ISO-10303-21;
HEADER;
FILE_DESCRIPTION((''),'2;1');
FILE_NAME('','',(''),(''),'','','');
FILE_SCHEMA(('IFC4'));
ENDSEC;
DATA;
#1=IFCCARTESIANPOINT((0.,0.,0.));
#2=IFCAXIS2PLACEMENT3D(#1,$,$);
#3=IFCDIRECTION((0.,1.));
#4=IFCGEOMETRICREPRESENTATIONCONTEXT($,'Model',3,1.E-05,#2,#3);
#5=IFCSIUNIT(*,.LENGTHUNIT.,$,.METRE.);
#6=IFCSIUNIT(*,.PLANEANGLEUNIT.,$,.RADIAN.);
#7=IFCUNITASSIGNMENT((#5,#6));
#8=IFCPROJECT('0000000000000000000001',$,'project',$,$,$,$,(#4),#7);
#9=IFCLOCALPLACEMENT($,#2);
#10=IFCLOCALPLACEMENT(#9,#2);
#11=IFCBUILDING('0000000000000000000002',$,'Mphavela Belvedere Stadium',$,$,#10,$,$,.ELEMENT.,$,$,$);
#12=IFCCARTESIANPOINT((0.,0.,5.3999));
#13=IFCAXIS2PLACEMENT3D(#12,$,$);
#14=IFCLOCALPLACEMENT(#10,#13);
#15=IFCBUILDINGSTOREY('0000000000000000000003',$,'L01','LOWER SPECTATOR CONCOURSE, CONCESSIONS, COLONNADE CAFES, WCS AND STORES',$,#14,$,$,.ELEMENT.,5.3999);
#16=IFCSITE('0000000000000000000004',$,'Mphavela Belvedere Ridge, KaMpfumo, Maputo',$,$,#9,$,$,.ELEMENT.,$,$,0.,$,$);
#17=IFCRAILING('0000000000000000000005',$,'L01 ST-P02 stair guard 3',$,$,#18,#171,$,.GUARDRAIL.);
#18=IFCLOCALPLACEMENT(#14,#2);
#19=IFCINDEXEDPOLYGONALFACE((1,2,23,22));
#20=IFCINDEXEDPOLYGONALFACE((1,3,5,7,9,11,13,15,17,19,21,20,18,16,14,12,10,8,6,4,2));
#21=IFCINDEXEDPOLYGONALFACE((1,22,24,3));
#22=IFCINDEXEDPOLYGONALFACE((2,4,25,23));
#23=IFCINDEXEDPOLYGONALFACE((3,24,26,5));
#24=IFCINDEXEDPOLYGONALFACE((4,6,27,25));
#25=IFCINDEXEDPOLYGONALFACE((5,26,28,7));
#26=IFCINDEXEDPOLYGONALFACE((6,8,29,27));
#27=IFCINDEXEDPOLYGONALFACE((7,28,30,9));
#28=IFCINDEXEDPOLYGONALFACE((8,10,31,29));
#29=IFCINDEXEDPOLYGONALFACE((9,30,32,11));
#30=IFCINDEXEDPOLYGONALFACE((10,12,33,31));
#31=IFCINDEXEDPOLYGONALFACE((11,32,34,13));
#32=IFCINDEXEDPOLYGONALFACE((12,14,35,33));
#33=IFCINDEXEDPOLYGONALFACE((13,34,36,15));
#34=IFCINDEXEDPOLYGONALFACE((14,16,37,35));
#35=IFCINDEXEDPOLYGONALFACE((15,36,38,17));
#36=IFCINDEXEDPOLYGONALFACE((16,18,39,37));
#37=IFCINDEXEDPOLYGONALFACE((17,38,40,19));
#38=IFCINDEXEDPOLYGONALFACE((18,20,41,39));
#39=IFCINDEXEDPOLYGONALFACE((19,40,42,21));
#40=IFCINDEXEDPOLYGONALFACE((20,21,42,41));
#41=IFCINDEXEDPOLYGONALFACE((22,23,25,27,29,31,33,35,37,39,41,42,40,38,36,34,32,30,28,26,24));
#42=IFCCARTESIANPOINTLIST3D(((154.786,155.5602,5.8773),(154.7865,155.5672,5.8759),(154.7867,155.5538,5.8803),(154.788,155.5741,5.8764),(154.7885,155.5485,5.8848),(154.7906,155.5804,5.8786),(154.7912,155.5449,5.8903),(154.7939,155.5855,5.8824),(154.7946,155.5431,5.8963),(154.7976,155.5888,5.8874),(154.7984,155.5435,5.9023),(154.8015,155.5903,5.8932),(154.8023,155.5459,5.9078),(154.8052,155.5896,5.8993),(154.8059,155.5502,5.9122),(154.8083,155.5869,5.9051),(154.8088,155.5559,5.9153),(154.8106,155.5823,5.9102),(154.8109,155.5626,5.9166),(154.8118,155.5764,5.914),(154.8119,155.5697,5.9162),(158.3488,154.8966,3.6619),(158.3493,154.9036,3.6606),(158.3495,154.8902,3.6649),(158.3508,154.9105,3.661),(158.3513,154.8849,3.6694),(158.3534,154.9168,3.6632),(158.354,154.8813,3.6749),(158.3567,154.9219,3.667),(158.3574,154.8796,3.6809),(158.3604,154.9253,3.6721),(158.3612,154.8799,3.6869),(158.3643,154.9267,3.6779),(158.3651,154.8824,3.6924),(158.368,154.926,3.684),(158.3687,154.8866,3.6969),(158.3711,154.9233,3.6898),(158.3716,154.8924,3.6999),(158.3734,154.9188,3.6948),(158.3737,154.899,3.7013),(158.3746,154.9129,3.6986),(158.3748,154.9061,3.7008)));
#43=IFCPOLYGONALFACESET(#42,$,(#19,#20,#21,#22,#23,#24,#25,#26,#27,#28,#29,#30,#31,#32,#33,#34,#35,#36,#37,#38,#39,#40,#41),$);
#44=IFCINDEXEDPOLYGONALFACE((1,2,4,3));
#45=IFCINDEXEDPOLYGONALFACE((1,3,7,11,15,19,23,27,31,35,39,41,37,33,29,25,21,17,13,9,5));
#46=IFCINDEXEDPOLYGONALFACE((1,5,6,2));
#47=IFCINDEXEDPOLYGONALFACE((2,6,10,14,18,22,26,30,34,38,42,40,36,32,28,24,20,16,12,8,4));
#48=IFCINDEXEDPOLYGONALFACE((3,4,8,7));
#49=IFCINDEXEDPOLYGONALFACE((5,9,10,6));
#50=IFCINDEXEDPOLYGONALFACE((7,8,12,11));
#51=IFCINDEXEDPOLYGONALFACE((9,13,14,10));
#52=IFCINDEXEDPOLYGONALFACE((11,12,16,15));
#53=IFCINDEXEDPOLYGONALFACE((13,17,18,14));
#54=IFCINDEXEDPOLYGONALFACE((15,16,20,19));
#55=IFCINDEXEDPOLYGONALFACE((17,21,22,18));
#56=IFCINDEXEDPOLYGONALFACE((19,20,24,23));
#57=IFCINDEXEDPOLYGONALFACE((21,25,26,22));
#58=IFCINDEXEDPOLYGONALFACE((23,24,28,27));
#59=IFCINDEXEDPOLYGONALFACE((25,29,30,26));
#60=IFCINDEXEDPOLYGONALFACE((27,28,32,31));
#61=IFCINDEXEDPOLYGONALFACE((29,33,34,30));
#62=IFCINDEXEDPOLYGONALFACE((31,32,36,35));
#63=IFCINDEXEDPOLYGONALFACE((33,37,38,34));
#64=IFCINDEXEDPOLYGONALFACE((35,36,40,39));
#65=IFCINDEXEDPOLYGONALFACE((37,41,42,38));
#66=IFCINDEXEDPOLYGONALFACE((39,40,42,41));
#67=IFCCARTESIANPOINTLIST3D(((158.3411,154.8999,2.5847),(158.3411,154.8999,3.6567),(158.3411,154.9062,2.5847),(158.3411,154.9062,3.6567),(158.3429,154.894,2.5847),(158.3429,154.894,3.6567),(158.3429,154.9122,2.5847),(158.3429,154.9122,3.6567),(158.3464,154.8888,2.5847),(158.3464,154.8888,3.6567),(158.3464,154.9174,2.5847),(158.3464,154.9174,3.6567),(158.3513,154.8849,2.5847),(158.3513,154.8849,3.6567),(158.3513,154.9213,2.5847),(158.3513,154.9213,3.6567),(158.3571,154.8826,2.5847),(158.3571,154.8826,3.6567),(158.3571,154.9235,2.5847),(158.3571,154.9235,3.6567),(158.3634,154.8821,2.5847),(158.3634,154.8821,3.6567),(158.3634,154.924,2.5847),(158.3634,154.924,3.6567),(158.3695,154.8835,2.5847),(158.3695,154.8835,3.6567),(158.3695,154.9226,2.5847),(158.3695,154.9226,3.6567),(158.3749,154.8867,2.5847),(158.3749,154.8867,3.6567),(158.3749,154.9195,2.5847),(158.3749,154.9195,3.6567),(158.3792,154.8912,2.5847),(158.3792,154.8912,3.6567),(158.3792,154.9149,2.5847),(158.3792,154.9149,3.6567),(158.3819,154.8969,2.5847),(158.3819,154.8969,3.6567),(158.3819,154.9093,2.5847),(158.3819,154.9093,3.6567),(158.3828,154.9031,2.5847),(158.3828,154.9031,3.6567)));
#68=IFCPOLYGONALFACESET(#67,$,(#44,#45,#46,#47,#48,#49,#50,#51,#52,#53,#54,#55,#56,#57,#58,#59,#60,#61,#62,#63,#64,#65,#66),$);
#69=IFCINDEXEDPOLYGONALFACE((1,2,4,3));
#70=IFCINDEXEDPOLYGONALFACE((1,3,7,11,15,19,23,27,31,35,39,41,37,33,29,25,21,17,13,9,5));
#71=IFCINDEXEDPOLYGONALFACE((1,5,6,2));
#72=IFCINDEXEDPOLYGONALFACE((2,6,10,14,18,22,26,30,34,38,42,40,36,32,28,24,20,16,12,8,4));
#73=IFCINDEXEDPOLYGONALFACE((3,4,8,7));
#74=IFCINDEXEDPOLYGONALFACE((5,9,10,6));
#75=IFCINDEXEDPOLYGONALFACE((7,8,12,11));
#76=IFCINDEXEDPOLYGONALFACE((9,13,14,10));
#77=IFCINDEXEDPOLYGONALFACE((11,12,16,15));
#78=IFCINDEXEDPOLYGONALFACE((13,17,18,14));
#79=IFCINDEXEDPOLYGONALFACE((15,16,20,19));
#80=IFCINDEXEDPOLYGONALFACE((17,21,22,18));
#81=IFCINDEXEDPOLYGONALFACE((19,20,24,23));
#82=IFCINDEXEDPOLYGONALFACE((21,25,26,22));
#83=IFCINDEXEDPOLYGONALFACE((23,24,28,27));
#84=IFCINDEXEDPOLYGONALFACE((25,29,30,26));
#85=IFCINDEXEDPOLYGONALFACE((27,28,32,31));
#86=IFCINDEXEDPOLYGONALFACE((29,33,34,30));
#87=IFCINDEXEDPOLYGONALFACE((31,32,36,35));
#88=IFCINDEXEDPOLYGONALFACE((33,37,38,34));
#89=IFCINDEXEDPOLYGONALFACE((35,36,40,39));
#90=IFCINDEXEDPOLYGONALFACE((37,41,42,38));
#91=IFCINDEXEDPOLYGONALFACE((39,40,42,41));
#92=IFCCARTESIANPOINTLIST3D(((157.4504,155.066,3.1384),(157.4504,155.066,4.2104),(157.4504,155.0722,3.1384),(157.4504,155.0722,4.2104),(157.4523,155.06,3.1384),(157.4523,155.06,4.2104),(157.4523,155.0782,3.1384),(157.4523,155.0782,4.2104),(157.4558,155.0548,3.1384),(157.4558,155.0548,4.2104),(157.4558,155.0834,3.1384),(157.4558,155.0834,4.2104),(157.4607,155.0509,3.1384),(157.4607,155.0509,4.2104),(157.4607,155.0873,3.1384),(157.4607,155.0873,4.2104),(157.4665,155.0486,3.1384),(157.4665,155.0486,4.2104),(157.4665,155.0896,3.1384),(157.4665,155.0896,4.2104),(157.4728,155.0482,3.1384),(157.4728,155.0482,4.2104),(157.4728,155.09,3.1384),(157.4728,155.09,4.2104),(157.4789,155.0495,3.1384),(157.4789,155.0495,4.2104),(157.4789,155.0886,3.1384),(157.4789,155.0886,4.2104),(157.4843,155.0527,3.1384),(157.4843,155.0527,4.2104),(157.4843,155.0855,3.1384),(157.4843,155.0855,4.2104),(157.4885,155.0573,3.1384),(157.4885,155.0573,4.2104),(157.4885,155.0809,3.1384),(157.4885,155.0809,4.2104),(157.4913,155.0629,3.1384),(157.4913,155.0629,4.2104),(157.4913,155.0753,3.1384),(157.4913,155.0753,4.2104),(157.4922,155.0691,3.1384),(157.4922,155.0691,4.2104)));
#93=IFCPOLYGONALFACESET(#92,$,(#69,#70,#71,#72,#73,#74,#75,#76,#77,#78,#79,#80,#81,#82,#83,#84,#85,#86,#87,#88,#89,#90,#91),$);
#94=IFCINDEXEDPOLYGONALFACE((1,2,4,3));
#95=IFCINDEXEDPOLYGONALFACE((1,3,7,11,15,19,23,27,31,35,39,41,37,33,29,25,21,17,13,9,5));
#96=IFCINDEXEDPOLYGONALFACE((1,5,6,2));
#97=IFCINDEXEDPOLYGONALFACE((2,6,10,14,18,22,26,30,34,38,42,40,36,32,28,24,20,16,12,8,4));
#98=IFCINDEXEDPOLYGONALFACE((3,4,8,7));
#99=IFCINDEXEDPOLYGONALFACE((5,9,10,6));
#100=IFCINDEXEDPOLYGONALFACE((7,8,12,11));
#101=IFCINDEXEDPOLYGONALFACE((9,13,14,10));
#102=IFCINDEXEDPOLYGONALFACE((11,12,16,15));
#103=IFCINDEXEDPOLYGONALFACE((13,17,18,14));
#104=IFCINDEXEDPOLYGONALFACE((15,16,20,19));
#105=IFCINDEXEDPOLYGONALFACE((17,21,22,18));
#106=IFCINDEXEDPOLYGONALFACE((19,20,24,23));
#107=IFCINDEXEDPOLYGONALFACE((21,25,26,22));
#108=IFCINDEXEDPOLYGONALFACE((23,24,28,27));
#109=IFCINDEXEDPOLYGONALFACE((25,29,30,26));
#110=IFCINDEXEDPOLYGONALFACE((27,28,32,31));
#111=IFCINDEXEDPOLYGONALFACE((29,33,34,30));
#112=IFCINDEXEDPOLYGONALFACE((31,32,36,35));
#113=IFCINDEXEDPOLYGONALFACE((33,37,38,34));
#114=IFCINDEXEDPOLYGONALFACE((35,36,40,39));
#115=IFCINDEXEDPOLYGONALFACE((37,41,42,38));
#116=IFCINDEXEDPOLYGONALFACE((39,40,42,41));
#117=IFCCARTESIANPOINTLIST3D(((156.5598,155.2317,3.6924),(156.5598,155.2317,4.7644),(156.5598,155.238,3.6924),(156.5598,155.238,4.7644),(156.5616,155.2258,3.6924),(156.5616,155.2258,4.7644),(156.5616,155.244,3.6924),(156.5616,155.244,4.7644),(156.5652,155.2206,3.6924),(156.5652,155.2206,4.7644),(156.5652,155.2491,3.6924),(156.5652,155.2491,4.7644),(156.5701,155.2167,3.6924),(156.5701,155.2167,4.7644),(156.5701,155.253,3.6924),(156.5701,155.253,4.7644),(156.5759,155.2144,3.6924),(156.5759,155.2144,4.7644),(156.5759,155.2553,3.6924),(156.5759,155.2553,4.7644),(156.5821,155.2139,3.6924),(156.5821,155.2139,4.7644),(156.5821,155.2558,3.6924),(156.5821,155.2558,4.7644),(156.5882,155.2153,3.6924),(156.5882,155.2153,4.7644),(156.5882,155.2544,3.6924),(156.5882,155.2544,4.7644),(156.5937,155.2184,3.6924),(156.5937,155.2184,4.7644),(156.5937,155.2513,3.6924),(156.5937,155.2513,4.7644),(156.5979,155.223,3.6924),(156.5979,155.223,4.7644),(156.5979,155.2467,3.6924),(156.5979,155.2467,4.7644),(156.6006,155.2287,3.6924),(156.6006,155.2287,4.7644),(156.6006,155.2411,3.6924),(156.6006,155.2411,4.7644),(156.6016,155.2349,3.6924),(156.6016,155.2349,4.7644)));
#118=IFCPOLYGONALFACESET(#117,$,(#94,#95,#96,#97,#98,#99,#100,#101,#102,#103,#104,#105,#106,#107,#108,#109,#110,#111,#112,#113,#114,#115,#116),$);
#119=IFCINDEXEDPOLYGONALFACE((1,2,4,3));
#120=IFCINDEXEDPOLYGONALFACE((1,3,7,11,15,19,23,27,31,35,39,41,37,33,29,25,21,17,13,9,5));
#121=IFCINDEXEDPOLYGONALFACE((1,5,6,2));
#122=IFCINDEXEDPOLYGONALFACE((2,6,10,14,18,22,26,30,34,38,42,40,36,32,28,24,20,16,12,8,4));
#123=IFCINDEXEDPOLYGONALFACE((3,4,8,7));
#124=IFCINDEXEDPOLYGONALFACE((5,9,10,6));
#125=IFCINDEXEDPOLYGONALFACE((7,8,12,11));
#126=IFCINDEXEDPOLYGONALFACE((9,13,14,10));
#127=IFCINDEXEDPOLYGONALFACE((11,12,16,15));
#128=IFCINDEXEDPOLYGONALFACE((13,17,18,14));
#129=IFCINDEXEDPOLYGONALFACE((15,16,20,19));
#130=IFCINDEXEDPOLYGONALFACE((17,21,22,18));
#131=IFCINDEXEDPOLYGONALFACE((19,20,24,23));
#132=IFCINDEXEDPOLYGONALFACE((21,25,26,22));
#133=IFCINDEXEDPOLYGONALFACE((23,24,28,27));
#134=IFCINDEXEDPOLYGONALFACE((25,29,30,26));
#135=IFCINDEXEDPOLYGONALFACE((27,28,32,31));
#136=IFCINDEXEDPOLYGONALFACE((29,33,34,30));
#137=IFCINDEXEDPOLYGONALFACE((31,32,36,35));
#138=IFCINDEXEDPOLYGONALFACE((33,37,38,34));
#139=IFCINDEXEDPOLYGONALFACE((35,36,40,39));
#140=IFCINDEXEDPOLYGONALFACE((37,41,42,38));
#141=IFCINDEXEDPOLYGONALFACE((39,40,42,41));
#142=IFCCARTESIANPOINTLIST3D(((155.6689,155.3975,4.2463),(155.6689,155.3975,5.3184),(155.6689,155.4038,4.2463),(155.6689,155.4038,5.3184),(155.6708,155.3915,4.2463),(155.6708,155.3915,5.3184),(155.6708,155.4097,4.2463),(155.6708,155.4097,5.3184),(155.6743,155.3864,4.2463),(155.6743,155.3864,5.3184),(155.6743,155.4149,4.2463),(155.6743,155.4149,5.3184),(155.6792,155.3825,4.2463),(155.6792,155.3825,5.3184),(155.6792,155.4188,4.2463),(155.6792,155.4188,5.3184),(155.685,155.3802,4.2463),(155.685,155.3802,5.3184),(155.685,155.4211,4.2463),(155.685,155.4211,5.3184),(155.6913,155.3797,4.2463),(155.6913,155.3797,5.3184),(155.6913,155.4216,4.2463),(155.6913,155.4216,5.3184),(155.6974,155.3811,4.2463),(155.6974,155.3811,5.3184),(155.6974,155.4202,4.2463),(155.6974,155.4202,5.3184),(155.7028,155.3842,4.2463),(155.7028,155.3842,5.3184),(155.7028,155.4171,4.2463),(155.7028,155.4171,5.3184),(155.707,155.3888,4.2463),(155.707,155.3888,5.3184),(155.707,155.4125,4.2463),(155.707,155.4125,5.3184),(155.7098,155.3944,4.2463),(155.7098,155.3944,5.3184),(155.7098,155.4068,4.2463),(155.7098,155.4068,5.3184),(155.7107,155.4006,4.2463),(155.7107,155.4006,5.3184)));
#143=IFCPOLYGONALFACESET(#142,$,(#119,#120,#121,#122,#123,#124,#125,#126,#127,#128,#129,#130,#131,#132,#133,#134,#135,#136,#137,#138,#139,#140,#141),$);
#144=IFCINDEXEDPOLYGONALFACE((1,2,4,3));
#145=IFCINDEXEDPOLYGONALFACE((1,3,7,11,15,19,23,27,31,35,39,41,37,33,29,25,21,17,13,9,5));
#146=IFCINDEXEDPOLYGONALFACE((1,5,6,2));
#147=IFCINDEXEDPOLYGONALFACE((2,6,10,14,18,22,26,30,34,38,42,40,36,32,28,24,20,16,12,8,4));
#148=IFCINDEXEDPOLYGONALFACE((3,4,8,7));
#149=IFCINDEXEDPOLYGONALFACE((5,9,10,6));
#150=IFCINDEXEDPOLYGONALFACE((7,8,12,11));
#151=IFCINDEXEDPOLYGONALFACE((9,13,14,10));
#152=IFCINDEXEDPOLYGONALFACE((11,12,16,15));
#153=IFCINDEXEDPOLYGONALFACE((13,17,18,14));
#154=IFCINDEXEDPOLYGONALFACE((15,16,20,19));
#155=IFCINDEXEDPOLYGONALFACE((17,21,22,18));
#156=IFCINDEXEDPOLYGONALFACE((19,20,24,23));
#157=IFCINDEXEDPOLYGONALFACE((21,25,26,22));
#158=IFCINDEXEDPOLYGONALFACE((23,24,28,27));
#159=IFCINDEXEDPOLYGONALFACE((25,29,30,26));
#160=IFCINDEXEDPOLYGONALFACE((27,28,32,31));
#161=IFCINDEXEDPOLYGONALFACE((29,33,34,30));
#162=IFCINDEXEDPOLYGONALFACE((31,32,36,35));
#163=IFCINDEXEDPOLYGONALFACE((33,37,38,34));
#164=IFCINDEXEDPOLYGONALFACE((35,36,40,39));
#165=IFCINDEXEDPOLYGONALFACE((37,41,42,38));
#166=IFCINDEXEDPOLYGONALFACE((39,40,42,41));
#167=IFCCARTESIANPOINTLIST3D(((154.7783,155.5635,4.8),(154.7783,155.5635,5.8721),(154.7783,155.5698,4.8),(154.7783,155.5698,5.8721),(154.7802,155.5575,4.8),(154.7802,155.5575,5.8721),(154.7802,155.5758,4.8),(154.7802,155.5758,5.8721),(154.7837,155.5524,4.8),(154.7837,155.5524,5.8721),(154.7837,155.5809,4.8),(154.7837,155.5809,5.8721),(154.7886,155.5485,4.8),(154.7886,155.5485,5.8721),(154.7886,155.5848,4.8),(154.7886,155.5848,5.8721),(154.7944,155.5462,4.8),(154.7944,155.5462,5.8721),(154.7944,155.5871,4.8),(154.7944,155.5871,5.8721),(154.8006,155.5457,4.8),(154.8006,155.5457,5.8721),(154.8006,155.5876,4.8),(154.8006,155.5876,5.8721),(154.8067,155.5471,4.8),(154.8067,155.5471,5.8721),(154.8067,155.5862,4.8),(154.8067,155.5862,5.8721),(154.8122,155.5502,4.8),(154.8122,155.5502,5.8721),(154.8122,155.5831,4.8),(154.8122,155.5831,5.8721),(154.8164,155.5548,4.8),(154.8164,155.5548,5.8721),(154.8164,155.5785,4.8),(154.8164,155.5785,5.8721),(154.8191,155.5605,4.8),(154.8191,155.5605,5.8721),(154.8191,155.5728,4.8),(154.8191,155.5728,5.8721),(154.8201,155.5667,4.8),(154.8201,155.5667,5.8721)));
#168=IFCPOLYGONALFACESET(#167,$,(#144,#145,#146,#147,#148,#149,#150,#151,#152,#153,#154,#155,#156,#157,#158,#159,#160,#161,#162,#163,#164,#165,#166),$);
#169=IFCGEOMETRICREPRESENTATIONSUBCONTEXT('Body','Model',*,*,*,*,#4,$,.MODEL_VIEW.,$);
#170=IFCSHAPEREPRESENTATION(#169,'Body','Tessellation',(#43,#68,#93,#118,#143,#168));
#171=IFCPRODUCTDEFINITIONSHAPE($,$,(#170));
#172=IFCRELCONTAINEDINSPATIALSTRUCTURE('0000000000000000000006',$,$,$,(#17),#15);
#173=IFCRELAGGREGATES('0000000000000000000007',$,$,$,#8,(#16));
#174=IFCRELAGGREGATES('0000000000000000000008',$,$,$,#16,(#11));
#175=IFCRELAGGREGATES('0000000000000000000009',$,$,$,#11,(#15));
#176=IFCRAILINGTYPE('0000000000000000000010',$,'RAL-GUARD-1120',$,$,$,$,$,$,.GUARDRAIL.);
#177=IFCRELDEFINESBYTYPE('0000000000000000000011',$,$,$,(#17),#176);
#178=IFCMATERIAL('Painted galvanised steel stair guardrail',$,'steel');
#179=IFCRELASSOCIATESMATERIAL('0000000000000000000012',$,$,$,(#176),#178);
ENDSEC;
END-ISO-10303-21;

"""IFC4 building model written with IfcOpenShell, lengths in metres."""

from ifc_helpers import new_model, si_unit, direction, frame, origin, origin_2d, place, context, subcontext, project, spatial, circle, extrude, material, type_object, element, save


model = new_model("IFC4")

# Units and contexts
model_context = context("Model", 3, precision=1e-05, world=origin(), true_north=direction((0.0, 1.0)))
body_context = subcontext(model_context, "Body", "Model", "MODEL_VIEW")
ifc_project = project(units=[si_unit("LENGTHUNIT", "METRE"), si_unit("PLANEANGLEUNIT", "RADIAN")], contexts=[model_context])

# Site, building, storey
site_placement = place(None, origin())
site = spatial("IfcSite", under=ifc_project, at=site_placement, Name="Mphavela Belvedere Ridge, KaMpfumo, Maputo", CompositionType="ELEMENT", RefElevation=0.0)
building_placement = place(site_placement, origin())
building = spatial("IfcBuilding", under=site, at=building_placement, Name="Mphavela Belvedere Stadium", CompositionType="ELEMENT")
storey_placement = place(building_placement, frame((0.0, 0.0, 5.3999)))
storey = spatial("IfcBuildingStorey", under=building, at=storey_placement, Name="L01", Description="LOWER SPECTATOR CONCOURSE, CONCESSIONS, COLONNADE CAFES, WCS AND STORES", CompositionType="ELEMENT", Elevation=5.3999)

# Railing
ifc_material_1 = material(Name="Painted galvanised steel stair guardrail", Category="steel")
railing_type_1 = type_object("IfcRailingType", Name="RAL-GUARD-1120", PredefinedType="GUARDRAIL", material=ifc_material_1)
railing_1_placement = place(storey_placement, frame((158.3618, 154.9031, 2.5847)))
element("IfcRailing", 1, at=railing_1_placement, inside=storey, type_object=railing_type_1, Name="L01 ST-P02 stair guard 3", PredefinedType="GUARDRAIL", context=body_context, shape_type="SweptSolid", body=[
    extrude(circle(Radius=0.0239, at=origin_2d()), frame((0.0, 0.0, 1.0962), z_axis=(-0.838788, 0.156227, 0.521563), x_axis=(-0.183105, -0.983093, 0.0)), (0.0, 0.0, 1.0), 4.2476),
    extrude(circle(Radius=0.021, at=origin_2d()), origin(), (0.0, 0.0, 1.0), 1.072),
    extrude(circle(Radius=0.021, at=origin_2d()), frame((-0.8906, 0.166, 0.5537)), (0.0, 0.0, 1.0), 1.072),
    extrude(circle(Radius=0.021, at=origin_2d()), frame((-1.7812, 0.3318, 1.1077)), (0.0, 0.0, 1.0), 1.072),
    extrude(circle(Radius=0.021, at=origin_2d()), frame((-2.6721, 0.4976, 1.6616)), (0.0, 0.0, 1.0), 1.072),
    extrude(circle(Radius=0.021, at=origin_2d()), frame((-3.5627, 0.6636, 2.2153)), (0.0, 0.0, 1.0), 1.072),
])

save(model, "model.ifc")
